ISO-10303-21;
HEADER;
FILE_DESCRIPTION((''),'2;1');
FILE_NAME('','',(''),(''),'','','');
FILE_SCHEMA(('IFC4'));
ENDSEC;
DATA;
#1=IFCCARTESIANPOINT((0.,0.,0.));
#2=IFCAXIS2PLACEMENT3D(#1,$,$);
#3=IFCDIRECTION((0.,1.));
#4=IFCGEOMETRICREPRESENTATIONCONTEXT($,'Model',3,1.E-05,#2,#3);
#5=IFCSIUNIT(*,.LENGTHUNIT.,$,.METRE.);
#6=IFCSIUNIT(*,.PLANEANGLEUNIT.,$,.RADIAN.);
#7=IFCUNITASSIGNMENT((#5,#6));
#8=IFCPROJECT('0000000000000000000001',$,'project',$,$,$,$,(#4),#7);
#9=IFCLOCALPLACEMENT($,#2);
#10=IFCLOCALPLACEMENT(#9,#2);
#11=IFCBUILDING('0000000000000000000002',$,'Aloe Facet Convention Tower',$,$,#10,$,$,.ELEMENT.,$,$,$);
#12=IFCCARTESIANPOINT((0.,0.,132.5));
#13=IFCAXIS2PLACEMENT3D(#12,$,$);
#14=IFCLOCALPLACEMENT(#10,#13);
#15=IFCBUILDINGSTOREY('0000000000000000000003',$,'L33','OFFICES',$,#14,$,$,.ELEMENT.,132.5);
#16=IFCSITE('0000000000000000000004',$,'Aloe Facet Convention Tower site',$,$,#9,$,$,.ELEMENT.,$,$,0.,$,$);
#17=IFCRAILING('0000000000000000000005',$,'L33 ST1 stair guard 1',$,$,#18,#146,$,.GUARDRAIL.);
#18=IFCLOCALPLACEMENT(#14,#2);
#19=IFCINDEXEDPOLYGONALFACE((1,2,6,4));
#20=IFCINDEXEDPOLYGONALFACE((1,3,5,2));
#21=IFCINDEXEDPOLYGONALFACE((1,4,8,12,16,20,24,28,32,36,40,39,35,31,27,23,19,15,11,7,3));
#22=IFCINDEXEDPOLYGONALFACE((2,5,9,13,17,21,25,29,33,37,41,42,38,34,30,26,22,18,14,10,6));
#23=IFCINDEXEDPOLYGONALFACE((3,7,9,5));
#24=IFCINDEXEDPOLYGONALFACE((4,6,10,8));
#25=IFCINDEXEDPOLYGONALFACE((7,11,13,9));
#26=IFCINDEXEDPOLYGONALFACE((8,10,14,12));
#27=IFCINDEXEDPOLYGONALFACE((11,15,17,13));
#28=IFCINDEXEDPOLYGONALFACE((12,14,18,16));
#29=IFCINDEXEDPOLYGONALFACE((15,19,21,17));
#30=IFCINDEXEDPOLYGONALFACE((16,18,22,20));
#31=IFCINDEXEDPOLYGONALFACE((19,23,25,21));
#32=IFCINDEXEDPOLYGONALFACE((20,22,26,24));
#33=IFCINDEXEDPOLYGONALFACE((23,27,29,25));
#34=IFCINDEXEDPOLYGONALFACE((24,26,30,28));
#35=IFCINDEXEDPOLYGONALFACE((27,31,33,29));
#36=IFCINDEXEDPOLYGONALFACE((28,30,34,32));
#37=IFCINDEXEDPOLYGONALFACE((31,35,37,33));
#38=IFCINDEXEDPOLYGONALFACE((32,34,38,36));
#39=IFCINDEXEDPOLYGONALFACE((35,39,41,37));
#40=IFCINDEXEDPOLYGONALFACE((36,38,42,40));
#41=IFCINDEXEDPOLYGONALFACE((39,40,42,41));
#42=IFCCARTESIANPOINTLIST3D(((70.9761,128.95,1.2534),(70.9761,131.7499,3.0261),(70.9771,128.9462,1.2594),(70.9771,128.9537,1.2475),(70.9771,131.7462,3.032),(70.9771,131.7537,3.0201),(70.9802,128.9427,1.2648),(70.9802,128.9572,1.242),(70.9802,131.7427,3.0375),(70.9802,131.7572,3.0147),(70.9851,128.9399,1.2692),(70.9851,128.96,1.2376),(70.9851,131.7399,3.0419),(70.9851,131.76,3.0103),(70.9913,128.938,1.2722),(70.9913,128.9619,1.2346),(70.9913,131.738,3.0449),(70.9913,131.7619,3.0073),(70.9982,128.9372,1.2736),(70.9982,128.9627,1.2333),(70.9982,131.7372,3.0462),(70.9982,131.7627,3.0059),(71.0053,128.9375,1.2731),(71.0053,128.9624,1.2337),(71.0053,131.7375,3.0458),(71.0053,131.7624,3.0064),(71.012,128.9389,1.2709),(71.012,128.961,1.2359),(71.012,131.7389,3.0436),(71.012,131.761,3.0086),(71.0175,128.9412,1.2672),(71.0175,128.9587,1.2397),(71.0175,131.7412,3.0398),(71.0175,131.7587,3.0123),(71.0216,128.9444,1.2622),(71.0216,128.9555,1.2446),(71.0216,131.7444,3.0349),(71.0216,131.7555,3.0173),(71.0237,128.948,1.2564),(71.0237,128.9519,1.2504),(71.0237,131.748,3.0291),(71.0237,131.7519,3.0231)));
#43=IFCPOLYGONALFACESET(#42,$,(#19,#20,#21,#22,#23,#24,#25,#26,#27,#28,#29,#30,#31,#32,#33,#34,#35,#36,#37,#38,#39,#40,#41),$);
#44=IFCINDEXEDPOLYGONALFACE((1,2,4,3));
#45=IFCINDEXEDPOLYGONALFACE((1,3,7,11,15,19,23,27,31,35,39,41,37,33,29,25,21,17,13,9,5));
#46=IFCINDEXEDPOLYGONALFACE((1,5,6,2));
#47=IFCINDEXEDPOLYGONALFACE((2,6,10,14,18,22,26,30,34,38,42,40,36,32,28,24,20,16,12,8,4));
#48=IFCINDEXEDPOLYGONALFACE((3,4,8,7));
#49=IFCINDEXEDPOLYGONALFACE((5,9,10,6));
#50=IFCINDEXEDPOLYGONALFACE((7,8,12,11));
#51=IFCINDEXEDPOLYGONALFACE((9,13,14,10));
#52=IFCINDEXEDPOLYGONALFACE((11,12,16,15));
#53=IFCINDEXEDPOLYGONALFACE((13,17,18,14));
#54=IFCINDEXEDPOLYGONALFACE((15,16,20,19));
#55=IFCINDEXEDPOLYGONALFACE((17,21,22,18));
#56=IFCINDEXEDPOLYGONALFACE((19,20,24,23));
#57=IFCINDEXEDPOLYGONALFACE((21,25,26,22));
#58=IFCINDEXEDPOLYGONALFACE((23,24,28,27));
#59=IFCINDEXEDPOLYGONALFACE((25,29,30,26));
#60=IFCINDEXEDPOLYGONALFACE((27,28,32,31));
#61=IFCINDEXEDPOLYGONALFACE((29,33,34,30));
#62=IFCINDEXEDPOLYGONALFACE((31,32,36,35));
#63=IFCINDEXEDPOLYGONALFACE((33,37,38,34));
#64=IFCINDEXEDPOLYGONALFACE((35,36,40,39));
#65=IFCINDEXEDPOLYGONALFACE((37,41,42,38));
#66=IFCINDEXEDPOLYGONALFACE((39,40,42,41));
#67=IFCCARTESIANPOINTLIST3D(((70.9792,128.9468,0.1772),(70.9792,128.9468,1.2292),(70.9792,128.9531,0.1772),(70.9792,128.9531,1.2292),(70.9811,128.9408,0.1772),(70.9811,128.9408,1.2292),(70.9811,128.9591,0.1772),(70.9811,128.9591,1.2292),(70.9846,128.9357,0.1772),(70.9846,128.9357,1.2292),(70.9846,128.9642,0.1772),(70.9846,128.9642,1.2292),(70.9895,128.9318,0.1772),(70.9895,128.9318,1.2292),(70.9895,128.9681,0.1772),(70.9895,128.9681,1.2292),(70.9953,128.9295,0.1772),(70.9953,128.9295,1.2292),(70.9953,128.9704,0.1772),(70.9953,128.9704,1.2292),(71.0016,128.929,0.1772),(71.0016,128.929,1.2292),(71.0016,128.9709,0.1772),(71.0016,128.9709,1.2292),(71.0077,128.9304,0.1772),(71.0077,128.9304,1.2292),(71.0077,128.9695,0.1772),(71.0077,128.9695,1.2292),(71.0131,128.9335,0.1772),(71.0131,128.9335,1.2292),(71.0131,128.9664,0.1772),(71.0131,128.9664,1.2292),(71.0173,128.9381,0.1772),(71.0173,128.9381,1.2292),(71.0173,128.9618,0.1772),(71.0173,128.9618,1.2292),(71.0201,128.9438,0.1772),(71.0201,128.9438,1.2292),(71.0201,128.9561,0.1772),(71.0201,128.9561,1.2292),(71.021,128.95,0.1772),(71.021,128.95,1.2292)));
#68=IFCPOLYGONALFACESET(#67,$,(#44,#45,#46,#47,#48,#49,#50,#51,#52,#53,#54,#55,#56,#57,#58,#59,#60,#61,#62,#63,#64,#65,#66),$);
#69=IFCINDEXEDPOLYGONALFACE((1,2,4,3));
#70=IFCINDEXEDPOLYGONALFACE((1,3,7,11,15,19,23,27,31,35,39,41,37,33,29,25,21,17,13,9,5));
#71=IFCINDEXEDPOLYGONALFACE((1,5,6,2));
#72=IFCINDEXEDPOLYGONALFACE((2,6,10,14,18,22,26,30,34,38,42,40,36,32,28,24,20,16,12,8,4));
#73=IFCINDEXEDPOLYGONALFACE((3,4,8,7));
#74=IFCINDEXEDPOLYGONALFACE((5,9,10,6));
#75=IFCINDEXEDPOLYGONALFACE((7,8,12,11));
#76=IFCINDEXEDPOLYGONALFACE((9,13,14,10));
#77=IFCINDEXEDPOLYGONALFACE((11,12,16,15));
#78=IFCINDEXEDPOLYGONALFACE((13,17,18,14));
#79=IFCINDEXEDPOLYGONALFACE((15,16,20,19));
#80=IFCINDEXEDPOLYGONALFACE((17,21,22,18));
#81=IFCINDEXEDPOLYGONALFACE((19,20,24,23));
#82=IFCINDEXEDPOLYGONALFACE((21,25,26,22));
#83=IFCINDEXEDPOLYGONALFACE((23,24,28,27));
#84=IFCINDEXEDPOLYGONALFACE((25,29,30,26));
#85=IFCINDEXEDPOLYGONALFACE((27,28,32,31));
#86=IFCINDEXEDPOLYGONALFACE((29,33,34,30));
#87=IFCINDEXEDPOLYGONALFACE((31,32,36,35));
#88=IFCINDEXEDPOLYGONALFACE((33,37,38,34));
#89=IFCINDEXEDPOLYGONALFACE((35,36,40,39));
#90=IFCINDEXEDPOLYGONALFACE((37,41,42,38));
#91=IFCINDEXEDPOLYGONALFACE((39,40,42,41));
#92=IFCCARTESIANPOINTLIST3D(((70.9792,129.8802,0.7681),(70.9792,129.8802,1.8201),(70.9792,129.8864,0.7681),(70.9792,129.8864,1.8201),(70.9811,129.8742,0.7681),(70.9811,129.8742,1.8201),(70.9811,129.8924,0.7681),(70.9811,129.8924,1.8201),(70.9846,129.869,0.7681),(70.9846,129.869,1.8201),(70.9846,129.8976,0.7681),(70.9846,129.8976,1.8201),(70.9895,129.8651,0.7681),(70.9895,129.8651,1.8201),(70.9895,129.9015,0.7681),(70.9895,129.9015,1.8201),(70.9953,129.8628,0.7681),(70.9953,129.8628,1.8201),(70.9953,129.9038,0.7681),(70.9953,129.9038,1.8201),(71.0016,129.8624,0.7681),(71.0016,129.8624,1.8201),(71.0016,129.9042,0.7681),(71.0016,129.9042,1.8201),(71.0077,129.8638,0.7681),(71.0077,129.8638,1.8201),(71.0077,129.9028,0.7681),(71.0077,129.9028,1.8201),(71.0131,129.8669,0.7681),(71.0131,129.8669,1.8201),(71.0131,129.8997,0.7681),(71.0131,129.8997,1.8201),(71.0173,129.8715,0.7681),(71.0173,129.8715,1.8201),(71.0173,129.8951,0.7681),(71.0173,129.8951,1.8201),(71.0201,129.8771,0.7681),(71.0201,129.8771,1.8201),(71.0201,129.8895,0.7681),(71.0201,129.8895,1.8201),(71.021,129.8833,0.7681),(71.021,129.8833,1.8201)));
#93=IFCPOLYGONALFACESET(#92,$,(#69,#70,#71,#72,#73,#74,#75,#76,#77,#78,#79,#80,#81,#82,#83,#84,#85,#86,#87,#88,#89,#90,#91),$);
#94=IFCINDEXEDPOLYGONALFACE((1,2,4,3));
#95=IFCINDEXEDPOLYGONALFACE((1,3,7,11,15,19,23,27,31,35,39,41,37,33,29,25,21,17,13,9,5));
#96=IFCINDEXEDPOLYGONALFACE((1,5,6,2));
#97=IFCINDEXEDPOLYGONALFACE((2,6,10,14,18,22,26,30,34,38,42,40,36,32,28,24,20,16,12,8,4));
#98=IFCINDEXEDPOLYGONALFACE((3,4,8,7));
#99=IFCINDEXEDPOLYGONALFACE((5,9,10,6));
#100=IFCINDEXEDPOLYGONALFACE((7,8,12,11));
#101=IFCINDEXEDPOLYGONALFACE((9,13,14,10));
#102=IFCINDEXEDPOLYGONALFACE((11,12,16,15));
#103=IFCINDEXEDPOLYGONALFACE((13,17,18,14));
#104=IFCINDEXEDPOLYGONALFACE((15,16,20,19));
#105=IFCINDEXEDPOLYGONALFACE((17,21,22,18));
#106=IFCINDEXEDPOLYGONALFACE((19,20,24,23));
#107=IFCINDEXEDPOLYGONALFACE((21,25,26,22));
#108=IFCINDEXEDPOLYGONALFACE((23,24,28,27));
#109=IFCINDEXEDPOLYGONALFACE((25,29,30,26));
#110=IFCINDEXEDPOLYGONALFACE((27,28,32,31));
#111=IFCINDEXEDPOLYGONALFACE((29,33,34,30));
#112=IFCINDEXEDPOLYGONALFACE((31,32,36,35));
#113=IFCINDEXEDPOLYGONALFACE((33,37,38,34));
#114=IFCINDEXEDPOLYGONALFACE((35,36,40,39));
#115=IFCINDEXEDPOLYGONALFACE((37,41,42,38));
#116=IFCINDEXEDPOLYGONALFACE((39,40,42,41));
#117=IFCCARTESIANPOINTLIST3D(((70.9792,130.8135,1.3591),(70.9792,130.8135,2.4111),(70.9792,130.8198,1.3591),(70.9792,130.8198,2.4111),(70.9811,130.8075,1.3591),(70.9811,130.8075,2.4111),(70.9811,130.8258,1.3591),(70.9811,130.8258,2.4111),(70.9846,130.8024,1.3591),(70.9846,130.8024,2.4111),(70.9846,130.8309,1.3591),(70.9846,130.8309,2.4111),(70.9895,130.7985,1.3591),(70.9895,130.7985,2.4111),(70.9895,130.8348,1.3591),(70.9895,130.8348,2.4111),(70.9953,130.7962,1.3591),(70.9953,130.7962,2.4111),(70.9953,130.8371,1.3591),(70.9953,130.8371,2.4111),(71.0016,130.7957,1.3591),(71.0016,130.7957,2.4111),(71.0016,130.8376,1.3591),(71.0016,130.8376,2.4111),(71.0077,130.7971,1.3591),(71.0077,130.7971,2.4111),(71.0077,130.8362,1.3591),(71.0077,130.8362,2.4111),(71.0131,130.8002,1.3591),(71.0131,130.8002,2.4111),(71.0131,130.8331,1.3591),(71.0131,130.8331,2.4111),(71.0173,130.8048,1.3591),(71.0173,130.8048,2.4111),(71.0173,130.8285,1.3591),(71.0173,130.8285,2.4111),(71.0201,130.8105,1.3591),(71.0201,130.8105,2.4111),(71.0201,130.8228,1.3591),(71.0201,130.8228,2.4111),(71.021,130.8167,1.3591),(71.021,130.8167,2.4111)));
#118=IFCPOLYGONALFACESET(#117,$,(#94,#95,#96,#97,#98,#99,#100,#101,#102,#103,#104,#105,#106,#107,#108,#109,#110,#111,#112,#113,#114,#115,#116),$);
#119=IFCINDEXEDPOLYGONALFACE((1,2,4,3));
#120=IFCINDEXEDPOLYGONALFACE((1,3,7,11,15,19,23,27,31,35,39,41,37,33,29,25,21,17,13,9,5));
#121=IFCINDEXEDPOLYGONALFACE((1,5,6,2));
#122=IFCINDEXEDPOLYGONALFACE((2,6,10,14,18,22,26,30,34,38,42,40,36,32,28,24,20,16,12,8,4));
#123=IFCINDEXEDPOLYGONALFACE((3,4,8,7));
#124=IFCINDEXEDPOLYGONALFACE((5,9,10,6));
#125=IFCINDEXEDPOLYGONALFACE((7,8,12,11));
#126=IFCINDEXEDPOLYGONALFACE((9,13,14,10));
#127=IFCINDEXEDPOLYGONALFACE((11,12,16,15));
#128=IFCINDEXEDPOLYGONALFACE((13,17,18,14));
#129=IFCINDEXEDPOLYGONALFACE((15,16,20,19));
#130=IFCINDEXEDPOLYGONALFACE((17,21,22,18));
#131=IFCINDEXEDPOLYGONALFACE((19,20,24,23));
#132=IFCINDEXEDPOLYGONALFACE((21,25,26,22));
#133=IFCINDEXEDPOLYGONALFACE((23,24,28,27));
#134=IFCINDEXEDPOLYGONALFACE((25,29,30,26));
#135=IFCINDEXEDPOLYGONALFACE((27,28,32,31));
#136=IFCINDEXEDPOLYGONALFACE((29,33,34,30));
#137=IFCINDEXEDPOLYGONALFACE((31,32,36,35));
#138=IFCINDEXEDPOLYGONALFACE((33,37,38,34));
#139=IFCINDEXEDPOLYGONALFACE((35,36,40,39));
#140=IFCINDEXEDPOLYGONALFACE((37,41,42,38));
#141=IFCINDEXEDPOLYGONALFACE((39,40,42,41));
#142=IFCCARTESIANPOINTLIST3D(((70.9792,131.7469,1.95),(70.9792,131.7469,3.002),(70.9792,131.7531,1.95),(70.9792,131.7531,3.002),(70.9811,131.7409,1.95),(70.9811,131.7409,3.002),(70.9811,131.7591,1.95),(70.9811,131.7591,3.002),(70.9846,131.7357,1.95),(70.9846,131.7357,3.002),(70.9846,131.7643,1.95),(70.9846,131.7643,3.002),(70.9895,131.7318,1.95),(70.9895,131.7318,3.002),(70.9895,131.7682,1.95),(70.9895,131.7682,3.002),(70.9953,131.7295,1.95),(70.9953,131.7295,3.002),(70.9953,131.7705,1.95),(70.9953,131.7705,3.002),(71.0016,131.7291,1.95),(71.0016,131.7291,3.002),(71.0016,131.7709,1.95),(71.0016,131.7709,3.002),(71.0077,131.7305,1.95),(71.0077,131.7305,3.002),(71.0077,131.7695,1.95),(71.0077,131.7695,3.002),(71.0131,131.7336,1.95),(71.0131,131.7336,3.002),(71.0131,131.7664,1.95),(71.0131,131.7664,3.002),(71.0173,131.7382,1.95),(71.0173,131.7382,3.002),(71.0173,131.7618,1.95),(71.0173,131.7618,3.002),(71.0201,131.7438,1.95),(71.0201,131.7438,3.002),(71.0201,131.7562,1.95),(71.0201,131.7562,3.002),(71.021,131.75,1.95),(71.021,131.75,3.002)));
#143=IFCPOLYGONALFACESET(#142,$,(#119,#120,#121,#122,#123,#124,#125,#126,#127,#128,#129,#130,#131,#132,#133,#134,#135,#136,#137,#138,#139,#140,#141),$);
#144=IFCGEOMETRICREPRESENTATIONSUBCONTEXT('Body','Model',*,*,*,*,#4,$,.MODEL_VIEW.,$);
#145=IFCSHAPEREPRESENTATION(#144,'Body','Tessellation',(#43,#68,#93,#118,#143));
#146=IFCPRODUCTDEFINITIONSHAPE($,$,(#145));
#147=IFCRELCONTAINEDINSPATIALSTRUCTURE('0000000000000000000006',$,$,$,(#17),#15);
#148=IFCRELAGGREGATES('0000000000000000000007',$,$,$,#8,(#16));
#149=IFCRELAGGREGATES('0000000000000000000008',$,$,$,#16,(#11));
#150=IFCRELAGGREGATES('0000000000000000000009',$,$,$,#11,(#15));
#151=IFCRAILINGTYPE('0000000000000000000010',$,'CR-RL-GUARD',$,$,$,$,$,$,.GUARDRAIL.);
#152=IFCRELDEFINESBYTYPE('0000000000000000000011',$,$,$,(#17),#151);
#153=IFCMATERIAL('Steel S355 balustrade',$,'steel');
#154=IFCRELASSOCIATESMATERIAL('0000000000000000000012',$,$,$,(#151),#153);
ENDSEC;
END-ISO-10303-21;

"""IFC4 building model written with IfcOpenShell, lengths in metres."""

from ifc_helpers import new_model, si_unit, direction, frame, origin, origin_2d, place, context, subcontext, project, spatial, circle, extrude, material, type_object, element, save


model = new_model("IFC4")

# Units and contexts
model_context = context("Model", 3, precision=1e-05, world=origin(), true_north=direction((0.0, 1.0)))
body_context = subcontext(model_context, "Body", "Model", "MODEL_VIEW")
ifc_project = project(units=[si_unit("LENGTHUNIT", "METRE"), si_unit("PLANEANGLEUNIT", "RADIAN")], contexts=[model_context])

# Site, building, storey
site_placement = place(None, origin())
site = spatial("IfcSite", under=ifc_project, at=site_placement, Name="Aloe Facet Convention Tower site", CompositionType="ELEMENT", RefElevation=0.0)
building_placement = place(site_placement, origin())
building = spatial("IfcBuilding", under=site, at=building_placement, Name="Aloe Facet Convention Tower", CompositionType="ELEMENT")
storey_placement = place(building_placement, frame((0.0, 0.0, 132.5)))
storey = spatial("IfcBuildingStorey", under=building, at=storey_placement, Name="L33", Description="OFFICES", CompositionType="ELEMENT", Elevation=132.5)

# Railing
ifc_material_1 = material(Name="Steel S355 balustrade", Category="steel")
railing_type_1 = type_object("IfcRailingType", Name="CR-RL-GUARD", PredefinedType="GUARDRAIL", material=ifc_material_1)
railing_1_placement = place(storey_placement, frame((71.0, 128.95, 0.1772)))
element("IfcRailing", 1, at=railing_1_placement, inside=storey, type_object=railing_type_1, Name="L33 ST1 stair guard 1", PredefinedType="GUARDRAIL", context=body_context, shape_type="SweptSolid", body=[
    extrude(circle(Radius=0.0239, at=origin_2d()), frame((0.0, 0.0, 1.0762), z_axis=(0.0, 0.844909, 0.53491), x_axis=(-1.0, 0.0, 0.0)), (0.0, 0.0, 1.0), 3.314),
    extrude(circle(Radius=0.021, at=origin_2d()), origin(), (0.0, 0.0, 1.0), 1.052),
    extrude(circle(Radius=0.021, at=origin_2d()), frame((0.0, 0.9333, 0.5908)), (0.0, 0.0, 1.0), 1.052),
    extrude(circle(Radius=0.021, at=origin_2d()), frame((0.0, 1.8667, 1.1819)), (0.0, 0.0, 1.0), 1.052),
    extrude(circle(Radius=0.021, at=origin_2d()), frame((0.0, 2.8, 1.7727)), (0.0, 0.0, 1.0), 1.052),
])

save(model, "model.ifc")
